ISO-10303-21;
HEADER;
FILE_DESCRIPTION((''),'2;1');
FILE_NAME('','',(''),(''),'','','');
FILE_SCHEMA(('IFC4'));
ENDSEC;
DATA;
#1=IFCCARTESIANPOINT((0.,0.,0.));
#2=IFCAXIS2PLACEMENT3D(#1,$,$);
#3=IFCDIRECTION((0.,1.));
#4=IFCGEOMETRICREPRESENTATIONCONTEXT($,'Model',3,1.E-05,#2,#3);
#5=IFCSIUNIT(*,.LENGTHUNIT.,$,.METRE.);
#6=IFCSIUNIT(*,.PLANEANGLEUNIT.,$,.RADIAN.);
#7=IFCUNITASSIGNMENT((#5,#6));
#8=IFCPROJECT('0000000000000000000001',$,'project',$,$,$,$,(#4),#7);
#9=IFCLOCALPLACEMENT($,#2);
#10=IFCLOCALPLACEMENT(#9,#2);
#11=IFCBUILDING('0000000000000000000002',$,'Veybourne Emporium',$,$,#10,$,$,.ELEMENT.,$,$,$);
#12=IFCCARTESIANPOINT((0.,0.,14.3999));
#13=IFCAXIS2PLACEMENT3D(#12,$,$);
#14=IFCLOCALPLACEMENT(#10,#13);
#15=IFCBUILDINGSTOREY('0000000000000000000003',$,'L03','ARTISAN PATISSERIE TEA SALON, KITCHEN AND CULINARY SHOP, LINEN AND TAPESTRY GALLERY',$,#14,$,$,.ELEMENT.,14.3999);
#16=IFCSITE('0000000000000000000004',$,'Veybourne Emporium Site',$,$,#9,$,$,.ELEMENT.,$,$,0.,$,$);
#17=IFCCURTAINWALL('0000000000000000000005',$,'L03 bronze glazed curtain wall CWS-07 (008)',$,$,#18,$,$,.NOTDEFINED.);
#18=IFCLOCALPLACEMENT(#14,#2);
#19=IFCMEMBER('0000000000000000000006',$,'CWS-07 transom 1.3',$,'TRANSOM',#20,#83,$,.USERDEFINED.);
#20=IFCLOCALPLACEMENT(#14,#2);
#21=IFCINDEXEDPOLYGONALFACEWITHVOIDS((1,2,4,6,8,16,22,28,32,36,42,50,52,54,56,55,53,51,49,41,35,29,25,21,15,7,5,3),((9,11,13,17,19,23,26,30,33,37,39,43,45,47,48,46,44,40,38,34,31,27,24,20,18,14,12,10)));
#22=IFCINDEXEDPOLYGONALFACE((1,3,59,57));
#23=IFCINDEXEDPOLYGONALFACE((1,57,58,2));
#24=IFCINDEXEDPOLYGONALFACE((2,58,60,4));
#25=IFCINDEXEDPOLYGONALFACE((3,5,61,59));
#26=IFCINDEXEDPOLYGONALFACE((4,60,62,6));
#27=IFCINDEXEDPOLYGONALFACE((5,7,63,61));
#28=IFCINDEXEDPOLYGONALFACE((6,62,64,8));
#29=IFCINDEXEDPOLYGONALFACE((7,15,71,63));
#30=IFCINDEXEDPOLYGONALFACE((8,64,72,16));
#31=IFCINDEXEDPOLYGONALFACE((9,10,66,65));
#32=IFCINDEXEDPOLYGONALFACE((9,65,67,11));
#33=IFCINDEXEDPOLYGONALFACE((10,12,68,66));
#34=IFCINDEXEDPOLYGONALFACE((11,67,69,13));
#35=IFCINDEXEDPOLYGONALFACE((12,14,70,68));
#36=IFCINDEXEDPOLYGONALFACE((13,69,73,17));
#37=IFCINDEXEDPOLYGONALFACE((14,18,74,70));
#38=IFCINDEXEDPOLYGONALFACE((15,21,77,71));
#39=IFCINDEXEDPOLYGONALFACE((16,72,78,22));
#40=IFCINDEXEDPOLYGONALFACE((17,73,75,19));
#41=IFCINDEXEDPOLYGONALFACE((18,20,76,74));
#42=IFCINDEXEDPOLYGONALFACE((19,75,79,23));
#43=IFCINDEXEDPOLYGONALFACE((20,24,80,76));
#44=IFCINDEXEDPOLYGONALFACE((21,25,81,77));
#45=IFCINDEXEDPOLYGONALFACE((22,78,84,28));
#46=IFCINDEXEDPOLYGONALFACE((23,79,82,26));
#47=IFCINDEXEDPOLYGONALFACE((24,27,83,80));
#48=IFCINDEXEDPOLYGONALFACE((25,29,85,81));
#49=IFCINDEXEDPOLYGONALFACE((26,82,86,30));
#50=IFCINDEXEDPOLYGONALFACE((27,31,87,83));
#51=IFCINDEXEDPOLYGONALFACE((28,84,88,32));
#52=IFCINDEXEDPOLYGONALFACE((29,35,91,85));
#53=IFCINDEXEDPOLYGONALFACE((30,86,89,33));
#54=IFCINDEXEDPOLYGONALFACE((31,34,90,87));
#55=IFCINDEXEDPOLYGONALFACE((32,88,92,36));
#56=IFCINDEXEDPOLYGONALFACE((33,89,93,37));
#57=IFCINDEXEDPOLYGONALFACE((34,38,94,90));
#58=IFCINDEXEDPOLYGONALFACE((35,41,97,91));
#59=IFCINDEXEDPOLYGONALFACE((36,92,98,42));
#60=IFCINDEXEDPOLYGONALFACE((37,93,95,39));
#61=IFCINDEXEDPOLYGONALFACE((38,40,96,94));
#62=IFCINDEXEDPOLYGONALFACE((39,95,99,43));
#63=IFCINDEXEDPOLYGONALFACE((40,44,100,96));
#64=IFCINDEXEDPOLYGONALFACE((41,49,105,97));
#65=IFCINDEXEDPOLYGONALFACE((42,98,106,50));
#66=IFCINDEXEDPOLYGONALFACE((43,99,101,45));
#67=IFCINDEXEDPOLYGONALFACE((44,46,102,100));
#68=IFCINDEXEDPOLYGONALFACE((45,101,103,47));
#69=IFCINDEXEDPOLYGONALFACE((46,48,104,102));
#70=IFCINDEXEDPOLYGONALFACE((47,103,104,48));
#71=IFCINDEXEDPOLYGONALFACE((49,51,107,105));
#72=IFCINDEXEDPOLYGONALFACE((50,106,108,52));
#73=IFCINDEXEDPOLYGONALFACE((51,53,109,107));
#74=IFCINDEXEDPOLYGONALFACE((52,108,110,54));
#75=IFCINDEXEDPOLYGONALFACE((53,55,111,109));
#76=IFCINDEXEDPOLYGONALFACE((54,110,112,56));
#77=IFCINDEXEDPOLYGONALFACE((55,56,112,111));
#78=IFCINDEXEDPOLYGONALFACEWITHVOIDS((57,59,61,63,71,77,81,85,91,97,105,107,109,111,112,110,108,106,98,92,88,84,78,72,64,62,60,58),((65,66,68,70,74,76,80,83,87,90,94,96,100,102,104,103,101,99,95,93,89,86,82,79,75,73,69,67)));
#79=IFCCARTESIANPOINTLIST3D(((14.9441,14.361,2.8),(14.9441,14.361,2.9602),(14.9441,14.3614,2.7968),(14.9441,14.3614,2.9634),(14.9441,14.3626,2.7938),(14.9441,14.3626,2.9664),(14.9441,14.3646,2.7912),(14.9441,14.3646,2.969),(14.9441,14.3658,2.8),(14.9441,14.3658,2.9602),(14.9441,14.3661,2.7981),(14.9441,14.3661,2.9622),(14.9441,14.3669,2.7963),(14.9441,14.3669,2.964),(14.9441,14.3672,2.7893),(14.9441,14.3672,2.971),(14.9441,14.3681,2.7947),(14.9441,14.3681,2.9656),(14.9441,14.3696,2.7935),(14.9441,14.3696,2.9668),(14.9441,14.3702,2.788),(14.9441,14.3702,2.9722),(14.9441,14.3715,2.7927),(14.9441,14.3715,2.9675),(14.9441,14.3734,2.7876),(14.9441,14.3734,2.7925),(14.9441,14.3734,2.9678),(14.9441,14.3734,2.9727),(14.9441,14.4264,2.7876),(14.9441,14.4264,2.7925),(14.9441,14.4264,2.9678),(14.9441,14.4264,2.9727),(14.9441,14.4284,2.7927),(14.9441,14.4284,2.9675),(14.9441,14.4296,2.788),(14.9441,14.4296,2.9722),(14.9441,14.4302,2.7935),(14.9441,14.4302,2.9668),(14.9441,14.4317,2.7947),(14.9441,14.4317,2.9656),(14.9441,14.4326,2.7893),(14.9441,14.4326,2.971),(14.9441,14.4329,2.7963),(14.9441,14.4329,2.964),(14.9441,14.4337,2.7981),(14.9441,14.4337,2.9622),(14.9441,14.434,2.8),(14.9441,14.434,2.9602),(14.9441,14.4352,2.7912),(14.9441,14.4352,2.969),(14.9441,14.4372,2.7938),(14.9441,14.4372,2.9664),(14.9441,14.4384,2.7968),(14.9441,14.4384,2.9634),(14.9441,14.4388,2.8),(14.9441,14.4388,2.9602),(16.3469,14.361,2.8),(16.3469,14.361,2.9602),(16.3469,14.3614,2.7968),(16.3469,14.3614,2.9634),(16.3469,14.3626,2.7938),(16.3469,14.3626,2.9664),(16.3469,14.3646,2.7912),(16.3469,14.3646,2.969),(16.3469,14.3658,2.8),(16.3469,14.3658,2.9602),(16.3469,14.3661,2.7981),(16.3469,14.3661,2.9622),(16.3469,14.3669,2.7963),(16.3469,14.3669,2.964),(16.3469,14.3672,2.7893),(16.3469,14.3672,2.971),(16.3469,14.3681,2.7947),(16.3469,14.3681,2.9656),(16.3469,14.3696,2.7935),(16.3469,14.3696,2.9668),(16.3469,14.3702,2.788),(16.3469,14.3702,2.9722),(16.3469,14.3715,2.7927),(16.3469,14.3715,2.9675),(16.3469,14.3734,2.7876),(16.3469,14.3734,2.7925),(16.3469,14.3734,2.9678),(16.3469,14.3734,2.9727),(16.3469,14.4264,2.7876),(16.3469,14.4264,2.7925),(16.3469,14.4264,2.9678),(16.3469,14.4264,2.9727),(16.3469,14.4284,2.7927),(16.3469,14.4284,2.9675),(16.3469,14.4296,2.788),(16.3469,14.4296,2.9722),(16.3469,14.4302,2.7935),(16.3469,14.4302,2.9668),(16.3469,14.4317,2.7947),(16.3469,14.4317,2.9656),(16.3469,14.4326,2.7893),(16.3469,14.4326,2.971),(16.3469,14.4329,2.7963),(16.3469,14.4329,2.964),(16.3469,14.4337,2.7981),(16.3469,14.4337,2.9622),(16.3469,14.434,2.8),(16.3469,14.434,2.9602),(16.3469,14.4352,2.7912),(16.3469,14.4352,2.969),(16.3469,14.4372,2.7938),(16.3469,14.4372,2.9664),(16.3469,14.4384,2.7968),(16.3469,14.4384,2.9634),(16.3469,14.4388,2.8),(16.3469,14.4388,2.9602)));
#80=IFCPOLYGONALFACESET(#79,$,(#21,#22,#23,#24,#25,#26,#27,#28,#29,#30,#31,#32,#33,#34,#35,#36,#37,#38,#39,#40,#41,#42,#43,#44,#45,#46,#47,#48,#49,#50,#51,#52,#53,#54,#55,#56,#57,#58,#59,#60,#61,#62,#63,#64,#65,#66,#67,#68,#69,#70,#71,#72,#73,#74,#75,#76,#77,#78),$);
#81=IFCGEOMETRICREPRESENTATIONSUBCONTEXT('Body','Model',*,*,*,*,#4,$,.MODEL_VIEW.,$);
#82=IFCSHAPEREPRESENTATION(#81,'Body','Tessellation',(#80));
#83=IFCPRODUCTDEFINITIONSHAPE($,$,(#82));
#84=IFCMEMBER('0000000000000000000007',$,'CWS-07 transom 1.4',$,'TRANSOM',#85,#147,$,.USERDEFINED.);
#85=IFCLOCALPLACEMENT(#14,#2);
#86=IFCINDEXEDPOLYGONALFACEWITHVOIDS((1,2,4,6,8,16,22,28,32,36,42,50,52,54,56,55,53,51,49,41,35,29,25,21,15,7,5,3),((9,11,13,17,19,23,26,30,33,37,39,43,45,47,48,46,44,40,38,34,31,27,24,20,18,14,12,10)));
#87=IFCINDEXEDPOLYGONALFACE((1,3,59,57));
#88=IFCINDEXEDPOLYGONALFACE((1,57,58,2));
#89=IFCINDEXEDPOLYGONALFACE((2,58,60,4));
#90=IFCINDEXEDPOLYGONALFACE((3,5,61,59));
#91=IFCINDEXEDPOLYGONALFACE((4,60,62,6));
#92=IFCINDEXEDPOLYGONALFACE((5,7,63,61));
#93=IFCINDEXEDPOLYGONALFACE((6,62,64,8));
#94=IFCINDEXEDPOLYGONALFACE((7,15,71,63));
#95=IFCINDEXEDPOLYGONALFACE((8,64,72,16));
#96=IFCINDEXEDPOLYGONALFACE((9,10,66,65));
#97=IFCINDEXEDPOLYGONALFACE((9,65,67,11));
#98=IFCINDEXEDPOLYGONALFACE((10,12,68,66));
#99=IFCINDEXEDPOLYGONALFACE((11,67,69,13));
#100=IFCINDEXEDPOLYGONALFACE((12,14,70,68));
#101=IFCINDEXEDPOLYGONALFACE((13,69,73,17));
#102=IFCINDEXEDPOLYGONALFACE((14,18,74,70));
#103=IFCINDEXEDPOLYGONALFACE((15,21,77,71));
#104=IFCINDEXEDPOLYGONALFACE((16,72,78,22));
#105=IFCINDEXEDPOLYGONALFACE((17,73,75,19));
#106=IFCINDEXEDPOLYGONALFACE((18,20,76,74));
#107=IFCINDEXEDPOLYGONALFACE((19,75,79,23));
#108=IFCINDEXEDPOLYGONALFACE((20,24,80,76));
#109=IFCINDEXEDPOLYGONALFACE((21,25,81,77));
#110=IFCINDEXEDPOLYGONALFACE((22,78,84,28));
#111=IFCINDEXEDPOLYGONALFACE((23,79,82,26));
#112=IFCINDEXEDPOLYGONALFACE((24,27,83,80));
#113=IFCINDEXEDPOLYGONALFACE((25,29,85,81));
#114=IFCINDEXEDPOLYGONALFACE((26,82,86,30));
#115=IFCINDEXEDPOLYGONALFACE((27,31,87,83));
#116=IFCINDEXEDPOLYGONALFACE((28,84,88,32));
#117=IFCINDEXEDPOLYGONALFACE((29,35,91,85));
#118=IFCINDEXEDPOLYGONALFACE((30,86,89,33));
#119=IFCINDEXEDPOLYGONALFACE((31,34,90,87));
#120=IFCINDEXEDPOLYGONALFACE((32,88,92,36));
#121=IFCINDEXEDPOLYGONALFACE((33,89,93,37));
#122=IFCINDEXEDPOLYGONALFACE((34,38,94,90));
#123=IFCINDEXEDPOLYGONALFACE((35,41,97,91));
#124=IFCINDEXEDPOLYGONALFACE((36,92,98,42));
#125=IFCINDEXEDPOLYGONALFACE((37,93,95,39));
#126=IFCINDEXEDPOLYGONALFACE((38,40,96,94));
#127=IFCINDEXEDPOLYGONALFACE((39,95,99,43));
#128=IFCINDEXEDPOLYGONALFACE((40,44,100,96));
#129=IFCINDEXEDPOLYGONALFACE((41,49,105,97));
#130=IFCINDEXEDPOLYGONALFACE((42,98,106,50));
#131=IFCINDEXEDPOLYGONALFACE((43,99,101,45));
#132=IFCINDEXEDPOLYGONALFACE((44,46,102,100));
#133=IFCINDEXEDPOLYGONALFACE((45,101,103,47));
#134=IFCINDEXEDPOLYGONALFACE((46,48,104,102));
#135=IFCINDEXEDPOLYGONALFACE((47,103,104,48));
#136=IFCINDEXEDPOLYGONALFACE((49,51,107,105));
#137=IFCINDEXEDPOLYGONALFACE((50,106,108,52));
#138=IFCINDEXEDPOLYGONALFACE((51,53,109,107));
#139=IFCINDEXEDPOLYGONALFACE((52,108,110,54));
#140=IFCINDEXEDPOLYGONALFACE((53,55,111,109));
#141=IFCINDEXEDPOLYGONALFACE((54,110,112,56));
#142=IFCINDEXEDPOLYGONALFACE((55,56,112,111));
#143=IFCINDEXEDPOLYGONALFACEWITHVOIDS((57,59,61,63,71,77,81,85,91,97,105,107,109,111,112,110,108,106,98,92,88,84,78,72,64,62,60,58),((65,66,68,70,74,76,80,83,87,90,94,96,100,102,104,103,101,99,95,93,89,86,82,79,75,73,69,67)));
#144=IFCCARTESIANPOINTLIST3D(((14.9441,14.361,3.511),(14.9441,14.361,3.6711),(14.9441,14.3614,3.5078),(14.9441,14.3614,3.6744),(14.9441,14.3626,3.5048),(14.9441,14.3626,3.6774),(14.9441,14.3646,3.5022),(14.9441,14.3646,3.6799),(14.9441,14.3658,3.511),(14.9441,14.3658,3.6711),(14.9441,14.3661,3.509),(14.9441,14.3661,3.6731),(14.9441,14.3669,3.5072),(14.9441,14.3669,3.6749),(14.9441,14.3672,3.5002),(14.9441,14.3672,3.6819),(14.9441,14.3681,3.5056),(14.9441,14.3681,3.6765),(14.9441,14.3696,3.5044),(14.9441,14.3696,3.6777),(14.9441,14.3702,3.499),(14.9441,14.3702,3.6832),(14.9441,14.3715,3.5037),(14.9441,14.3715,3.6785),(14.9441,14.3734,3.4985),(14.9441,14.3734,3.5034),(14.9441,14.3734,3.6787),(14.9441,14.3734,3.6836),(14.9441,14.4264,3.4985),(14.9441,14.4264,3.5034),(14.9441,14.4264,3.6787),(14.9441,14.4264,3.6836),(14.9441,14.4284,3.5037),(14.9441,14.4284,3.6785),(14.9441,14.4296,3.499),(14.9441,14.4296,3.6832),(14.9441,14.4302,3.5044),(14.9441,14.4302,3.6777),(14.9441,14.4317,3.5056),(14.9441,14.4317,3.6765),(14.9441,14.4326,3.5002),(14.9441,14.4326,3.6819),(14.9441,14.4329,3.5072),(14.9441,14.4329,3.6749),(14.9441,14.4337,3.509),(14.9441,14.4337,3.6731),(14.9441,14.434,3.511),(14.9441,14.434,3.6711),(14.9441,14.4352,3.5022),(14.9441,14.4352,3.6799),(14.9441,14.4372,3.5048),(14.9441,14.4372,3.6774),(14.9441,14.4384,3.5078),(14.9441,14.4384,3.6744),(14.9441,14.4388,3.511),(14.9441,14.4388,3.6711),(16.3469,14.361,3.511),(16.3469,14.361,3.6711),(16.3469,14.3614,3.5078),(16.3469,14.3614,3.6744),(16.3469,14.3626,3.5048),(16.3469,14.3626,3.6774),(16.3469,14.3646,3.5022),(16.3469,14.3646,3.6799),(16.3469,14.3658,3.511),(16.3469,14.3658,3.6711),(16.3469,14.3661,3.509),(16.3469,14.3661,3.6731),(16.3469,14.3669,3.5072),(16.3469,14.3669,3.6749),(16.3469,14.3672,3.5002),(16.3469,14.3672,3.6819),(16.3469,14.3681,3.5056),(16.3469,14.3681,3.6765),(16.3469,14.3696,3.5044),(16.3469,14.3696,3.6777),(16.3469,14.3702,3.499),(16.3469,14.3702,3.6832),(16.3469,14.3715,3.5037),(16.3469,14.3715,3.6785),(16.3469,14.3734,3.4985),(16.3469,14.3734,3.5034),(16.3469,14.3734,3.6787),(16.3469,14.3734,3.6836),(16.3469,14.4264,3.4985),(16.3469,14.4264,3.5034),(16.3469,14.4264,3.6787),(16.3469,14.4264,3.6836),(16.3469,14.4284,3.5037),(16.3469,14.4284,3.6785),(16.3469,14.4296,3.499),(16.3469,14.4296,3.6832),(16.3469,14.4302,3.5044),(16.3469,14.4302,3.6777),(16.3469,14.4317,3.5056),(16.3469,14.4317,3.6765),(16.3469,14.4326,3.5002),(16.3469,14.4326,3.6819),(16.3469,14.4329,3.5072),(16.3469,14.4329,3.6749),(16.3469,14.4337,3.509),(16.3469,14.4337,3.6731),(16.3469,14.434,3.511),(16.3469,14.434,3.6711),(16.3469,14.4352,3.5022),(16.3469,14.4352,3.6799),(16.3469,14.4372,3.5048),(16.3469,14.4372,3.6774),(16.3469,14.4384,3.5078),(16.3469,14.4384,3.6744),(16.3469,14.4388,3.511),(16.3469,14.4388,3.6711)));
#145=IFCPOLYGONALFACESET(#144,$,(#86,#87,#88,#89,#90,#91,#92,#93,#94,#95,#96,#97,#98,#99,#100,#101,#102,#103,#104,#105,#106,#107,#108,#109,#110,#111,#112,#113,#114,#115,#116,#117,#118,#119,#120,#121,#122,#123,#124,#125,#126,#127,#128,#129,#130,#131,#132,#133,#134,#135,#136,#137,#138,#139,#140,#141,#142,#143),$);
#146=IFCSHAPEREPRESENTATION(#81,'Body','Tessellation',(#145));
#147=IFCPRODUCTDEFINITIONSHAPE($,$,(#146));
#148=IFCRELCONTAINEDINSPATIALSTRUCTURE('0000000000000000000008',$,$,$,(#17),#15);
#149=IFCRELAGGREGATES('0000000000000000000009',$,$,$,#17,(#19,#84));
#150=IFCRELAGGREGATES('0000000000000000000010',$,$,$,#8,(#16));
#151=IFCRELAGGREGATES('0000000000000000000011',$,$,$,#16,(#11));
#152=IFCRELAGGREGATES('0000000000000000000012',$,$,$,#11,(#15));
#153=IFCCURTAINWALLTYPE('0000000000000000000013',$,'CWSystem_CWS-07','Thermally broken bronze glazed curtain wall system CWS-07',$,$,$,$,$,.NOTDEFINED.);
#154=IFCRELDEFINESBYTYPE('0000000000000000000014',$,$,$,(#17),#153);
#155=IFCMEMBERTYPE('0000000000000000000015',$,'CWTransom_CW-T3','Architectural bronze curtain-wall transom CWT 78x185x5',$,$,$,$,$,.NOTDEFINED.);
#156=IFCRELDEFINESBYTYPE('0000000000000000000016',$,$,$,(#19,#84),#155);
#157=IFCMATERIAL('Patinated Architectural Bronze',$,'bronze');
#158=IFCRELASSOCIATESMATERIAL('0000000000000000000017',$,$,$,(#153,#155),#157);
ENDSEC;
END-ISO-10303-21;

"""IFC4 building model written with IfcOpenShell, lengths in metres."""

from ifc_helpers import new_model, si_unit, direction, frame, origin, origin_2d, place, context, subcontext, project, spatial, hollow_rectangle, extrude, material, material_profile, profile_set, type_object, element, aggregate, save


model = new_model("IFC4")

# Units and contexts
model_context = context("Model", 3, precision=1e-05, world=origin(), true_north=direction((0.0, 1.0)))
body_context = subcontext(model_context, "Body", "Model", "MODEL_VIEW")
ifc_project = project(units=[si_unit("LENGTHUNIT", "METRE"), si_unit("PLANEANGLEUNIT", "RADIAN")], contexts=[model_context])

# Site, building, storey
site_placement = place(None, origin())
site = spatial("IfcSite", under=ifc_project, at=site_placement, Name="Veybourne Emporium Site", CompositionType="ELEMENT", RefElevation=0.0)
building_placement = place(site_placement, origin())
building = spatial("IfcBuilding", under=site, at=building_placement, Name="Veybourne Emporium", CompositionType="ELEMENT")
storey_placement = place(building_placement, frame((0.0, 0.0, 14.3999)))
storey = spatial("IfcBuildingStorey", under=building, at=storey_placement, Name="L03", Description="ARTISAN PATISSERIE TEA SALON, KITCHEN AND CULINARY SHOP, LINEN AND TAPESTRY GALLERY", CompositionType="ELEMENT", Elevation=14.3999)

# Curtain wall, members
ifc_material_1 = material(Name="Patinated Architectural Bronze", Category="bronze")
curtain_wall_type = type_object("IfcCurtainWallType", Name="CWSystem_CWS-07", Description="Thermally broken bronze glazed curtain wall system CWS-07", PredefinedType="NOTDEFINED", material=ifc_material_1)
curtain_wall_placement = place(storey_placement, origin())
curtain_wall = element("IfcCurtainWall", 1, at=curtain_wall_placement, inside=storey, type_object=curtain_wall_type, Name="L03 bronze glazed curtain wall CWS-07 (008)", PredefinedType="NOTDEFINED")
ifc_material_profile_1 = material_profile(ifc_material_1, hollow_rectangle(XDim=0.0779, YDim=0.1851, WallThickness=0.0049, InnerFilletRadius=0.0076, OuterFilletRadius=0.0125, at=origin_2d()), Name="CWT 78x185x5")
ifc_profile_set_1 = profile_set([ifc_material_profile_1], Name="Patinated Architectural Bronze")
member_type_1 = type_object("IfcMemberType", Name="CWTransom_CW-T3", Description="Architectural bronze curtain-wall transom CWT 78x185x5", PredefinedType="NOTDEFINED", material=ifc_profile_set_1)
member_1_placement = place(storey_placement, frame((16.3469, 14.3999, 2.8801), z_axis=(-1.0, 0.0, 0.0), x_axis=(0.0, -1.0, 0.0)))
member_1 = element("IfcMember", 2, at=member_1_placement, type_object=member_type_1, Name="CWS-07 transom 1.3", ObjectType="TRANSOM", PredefinedType="USERDEFINED", context=body_context, shape_type="SweptSolid", body=[
    extrude(hollow_rectangle(XDim=0.0779, YDim=0.1851, WallThickness=0.0049, InnerFilletRadius=0.0076, OuterFilletRadius=0.0125, at=origin_2d()), origin(), (0.0, 0.0, 1.0), 1.4028),
])
member_2_placement = place(storey_placement, frame((16.3469, 14.3999, 3.5911), z_axis=(-1.0, 0.0, 0.0), x_axis=(0.0, -1.0, 0.0)))
member_2 = element("IfcMember", 3, at=member_2_placement, type_object=member_type_1, Name="CWS-07 transom 1.4", ObjectType="TRANSOM", PredefinedType="USERDEFINED", context=body_context, shape_type="SweptSolid", body=[
    extrude(hollow_rectangle(XDim=0.0779, YDim=0.1851, WallThickness=0.0049, InnerFilletRadius=0.0076, OuterFilletRadius=0.0125, at=origin_2d()), origin(), (0.0, 0.0, 1.0), 1.4028),
])

aggregate(curtain_wall, [member_1, member_2])

save(model, "model.ifc")
